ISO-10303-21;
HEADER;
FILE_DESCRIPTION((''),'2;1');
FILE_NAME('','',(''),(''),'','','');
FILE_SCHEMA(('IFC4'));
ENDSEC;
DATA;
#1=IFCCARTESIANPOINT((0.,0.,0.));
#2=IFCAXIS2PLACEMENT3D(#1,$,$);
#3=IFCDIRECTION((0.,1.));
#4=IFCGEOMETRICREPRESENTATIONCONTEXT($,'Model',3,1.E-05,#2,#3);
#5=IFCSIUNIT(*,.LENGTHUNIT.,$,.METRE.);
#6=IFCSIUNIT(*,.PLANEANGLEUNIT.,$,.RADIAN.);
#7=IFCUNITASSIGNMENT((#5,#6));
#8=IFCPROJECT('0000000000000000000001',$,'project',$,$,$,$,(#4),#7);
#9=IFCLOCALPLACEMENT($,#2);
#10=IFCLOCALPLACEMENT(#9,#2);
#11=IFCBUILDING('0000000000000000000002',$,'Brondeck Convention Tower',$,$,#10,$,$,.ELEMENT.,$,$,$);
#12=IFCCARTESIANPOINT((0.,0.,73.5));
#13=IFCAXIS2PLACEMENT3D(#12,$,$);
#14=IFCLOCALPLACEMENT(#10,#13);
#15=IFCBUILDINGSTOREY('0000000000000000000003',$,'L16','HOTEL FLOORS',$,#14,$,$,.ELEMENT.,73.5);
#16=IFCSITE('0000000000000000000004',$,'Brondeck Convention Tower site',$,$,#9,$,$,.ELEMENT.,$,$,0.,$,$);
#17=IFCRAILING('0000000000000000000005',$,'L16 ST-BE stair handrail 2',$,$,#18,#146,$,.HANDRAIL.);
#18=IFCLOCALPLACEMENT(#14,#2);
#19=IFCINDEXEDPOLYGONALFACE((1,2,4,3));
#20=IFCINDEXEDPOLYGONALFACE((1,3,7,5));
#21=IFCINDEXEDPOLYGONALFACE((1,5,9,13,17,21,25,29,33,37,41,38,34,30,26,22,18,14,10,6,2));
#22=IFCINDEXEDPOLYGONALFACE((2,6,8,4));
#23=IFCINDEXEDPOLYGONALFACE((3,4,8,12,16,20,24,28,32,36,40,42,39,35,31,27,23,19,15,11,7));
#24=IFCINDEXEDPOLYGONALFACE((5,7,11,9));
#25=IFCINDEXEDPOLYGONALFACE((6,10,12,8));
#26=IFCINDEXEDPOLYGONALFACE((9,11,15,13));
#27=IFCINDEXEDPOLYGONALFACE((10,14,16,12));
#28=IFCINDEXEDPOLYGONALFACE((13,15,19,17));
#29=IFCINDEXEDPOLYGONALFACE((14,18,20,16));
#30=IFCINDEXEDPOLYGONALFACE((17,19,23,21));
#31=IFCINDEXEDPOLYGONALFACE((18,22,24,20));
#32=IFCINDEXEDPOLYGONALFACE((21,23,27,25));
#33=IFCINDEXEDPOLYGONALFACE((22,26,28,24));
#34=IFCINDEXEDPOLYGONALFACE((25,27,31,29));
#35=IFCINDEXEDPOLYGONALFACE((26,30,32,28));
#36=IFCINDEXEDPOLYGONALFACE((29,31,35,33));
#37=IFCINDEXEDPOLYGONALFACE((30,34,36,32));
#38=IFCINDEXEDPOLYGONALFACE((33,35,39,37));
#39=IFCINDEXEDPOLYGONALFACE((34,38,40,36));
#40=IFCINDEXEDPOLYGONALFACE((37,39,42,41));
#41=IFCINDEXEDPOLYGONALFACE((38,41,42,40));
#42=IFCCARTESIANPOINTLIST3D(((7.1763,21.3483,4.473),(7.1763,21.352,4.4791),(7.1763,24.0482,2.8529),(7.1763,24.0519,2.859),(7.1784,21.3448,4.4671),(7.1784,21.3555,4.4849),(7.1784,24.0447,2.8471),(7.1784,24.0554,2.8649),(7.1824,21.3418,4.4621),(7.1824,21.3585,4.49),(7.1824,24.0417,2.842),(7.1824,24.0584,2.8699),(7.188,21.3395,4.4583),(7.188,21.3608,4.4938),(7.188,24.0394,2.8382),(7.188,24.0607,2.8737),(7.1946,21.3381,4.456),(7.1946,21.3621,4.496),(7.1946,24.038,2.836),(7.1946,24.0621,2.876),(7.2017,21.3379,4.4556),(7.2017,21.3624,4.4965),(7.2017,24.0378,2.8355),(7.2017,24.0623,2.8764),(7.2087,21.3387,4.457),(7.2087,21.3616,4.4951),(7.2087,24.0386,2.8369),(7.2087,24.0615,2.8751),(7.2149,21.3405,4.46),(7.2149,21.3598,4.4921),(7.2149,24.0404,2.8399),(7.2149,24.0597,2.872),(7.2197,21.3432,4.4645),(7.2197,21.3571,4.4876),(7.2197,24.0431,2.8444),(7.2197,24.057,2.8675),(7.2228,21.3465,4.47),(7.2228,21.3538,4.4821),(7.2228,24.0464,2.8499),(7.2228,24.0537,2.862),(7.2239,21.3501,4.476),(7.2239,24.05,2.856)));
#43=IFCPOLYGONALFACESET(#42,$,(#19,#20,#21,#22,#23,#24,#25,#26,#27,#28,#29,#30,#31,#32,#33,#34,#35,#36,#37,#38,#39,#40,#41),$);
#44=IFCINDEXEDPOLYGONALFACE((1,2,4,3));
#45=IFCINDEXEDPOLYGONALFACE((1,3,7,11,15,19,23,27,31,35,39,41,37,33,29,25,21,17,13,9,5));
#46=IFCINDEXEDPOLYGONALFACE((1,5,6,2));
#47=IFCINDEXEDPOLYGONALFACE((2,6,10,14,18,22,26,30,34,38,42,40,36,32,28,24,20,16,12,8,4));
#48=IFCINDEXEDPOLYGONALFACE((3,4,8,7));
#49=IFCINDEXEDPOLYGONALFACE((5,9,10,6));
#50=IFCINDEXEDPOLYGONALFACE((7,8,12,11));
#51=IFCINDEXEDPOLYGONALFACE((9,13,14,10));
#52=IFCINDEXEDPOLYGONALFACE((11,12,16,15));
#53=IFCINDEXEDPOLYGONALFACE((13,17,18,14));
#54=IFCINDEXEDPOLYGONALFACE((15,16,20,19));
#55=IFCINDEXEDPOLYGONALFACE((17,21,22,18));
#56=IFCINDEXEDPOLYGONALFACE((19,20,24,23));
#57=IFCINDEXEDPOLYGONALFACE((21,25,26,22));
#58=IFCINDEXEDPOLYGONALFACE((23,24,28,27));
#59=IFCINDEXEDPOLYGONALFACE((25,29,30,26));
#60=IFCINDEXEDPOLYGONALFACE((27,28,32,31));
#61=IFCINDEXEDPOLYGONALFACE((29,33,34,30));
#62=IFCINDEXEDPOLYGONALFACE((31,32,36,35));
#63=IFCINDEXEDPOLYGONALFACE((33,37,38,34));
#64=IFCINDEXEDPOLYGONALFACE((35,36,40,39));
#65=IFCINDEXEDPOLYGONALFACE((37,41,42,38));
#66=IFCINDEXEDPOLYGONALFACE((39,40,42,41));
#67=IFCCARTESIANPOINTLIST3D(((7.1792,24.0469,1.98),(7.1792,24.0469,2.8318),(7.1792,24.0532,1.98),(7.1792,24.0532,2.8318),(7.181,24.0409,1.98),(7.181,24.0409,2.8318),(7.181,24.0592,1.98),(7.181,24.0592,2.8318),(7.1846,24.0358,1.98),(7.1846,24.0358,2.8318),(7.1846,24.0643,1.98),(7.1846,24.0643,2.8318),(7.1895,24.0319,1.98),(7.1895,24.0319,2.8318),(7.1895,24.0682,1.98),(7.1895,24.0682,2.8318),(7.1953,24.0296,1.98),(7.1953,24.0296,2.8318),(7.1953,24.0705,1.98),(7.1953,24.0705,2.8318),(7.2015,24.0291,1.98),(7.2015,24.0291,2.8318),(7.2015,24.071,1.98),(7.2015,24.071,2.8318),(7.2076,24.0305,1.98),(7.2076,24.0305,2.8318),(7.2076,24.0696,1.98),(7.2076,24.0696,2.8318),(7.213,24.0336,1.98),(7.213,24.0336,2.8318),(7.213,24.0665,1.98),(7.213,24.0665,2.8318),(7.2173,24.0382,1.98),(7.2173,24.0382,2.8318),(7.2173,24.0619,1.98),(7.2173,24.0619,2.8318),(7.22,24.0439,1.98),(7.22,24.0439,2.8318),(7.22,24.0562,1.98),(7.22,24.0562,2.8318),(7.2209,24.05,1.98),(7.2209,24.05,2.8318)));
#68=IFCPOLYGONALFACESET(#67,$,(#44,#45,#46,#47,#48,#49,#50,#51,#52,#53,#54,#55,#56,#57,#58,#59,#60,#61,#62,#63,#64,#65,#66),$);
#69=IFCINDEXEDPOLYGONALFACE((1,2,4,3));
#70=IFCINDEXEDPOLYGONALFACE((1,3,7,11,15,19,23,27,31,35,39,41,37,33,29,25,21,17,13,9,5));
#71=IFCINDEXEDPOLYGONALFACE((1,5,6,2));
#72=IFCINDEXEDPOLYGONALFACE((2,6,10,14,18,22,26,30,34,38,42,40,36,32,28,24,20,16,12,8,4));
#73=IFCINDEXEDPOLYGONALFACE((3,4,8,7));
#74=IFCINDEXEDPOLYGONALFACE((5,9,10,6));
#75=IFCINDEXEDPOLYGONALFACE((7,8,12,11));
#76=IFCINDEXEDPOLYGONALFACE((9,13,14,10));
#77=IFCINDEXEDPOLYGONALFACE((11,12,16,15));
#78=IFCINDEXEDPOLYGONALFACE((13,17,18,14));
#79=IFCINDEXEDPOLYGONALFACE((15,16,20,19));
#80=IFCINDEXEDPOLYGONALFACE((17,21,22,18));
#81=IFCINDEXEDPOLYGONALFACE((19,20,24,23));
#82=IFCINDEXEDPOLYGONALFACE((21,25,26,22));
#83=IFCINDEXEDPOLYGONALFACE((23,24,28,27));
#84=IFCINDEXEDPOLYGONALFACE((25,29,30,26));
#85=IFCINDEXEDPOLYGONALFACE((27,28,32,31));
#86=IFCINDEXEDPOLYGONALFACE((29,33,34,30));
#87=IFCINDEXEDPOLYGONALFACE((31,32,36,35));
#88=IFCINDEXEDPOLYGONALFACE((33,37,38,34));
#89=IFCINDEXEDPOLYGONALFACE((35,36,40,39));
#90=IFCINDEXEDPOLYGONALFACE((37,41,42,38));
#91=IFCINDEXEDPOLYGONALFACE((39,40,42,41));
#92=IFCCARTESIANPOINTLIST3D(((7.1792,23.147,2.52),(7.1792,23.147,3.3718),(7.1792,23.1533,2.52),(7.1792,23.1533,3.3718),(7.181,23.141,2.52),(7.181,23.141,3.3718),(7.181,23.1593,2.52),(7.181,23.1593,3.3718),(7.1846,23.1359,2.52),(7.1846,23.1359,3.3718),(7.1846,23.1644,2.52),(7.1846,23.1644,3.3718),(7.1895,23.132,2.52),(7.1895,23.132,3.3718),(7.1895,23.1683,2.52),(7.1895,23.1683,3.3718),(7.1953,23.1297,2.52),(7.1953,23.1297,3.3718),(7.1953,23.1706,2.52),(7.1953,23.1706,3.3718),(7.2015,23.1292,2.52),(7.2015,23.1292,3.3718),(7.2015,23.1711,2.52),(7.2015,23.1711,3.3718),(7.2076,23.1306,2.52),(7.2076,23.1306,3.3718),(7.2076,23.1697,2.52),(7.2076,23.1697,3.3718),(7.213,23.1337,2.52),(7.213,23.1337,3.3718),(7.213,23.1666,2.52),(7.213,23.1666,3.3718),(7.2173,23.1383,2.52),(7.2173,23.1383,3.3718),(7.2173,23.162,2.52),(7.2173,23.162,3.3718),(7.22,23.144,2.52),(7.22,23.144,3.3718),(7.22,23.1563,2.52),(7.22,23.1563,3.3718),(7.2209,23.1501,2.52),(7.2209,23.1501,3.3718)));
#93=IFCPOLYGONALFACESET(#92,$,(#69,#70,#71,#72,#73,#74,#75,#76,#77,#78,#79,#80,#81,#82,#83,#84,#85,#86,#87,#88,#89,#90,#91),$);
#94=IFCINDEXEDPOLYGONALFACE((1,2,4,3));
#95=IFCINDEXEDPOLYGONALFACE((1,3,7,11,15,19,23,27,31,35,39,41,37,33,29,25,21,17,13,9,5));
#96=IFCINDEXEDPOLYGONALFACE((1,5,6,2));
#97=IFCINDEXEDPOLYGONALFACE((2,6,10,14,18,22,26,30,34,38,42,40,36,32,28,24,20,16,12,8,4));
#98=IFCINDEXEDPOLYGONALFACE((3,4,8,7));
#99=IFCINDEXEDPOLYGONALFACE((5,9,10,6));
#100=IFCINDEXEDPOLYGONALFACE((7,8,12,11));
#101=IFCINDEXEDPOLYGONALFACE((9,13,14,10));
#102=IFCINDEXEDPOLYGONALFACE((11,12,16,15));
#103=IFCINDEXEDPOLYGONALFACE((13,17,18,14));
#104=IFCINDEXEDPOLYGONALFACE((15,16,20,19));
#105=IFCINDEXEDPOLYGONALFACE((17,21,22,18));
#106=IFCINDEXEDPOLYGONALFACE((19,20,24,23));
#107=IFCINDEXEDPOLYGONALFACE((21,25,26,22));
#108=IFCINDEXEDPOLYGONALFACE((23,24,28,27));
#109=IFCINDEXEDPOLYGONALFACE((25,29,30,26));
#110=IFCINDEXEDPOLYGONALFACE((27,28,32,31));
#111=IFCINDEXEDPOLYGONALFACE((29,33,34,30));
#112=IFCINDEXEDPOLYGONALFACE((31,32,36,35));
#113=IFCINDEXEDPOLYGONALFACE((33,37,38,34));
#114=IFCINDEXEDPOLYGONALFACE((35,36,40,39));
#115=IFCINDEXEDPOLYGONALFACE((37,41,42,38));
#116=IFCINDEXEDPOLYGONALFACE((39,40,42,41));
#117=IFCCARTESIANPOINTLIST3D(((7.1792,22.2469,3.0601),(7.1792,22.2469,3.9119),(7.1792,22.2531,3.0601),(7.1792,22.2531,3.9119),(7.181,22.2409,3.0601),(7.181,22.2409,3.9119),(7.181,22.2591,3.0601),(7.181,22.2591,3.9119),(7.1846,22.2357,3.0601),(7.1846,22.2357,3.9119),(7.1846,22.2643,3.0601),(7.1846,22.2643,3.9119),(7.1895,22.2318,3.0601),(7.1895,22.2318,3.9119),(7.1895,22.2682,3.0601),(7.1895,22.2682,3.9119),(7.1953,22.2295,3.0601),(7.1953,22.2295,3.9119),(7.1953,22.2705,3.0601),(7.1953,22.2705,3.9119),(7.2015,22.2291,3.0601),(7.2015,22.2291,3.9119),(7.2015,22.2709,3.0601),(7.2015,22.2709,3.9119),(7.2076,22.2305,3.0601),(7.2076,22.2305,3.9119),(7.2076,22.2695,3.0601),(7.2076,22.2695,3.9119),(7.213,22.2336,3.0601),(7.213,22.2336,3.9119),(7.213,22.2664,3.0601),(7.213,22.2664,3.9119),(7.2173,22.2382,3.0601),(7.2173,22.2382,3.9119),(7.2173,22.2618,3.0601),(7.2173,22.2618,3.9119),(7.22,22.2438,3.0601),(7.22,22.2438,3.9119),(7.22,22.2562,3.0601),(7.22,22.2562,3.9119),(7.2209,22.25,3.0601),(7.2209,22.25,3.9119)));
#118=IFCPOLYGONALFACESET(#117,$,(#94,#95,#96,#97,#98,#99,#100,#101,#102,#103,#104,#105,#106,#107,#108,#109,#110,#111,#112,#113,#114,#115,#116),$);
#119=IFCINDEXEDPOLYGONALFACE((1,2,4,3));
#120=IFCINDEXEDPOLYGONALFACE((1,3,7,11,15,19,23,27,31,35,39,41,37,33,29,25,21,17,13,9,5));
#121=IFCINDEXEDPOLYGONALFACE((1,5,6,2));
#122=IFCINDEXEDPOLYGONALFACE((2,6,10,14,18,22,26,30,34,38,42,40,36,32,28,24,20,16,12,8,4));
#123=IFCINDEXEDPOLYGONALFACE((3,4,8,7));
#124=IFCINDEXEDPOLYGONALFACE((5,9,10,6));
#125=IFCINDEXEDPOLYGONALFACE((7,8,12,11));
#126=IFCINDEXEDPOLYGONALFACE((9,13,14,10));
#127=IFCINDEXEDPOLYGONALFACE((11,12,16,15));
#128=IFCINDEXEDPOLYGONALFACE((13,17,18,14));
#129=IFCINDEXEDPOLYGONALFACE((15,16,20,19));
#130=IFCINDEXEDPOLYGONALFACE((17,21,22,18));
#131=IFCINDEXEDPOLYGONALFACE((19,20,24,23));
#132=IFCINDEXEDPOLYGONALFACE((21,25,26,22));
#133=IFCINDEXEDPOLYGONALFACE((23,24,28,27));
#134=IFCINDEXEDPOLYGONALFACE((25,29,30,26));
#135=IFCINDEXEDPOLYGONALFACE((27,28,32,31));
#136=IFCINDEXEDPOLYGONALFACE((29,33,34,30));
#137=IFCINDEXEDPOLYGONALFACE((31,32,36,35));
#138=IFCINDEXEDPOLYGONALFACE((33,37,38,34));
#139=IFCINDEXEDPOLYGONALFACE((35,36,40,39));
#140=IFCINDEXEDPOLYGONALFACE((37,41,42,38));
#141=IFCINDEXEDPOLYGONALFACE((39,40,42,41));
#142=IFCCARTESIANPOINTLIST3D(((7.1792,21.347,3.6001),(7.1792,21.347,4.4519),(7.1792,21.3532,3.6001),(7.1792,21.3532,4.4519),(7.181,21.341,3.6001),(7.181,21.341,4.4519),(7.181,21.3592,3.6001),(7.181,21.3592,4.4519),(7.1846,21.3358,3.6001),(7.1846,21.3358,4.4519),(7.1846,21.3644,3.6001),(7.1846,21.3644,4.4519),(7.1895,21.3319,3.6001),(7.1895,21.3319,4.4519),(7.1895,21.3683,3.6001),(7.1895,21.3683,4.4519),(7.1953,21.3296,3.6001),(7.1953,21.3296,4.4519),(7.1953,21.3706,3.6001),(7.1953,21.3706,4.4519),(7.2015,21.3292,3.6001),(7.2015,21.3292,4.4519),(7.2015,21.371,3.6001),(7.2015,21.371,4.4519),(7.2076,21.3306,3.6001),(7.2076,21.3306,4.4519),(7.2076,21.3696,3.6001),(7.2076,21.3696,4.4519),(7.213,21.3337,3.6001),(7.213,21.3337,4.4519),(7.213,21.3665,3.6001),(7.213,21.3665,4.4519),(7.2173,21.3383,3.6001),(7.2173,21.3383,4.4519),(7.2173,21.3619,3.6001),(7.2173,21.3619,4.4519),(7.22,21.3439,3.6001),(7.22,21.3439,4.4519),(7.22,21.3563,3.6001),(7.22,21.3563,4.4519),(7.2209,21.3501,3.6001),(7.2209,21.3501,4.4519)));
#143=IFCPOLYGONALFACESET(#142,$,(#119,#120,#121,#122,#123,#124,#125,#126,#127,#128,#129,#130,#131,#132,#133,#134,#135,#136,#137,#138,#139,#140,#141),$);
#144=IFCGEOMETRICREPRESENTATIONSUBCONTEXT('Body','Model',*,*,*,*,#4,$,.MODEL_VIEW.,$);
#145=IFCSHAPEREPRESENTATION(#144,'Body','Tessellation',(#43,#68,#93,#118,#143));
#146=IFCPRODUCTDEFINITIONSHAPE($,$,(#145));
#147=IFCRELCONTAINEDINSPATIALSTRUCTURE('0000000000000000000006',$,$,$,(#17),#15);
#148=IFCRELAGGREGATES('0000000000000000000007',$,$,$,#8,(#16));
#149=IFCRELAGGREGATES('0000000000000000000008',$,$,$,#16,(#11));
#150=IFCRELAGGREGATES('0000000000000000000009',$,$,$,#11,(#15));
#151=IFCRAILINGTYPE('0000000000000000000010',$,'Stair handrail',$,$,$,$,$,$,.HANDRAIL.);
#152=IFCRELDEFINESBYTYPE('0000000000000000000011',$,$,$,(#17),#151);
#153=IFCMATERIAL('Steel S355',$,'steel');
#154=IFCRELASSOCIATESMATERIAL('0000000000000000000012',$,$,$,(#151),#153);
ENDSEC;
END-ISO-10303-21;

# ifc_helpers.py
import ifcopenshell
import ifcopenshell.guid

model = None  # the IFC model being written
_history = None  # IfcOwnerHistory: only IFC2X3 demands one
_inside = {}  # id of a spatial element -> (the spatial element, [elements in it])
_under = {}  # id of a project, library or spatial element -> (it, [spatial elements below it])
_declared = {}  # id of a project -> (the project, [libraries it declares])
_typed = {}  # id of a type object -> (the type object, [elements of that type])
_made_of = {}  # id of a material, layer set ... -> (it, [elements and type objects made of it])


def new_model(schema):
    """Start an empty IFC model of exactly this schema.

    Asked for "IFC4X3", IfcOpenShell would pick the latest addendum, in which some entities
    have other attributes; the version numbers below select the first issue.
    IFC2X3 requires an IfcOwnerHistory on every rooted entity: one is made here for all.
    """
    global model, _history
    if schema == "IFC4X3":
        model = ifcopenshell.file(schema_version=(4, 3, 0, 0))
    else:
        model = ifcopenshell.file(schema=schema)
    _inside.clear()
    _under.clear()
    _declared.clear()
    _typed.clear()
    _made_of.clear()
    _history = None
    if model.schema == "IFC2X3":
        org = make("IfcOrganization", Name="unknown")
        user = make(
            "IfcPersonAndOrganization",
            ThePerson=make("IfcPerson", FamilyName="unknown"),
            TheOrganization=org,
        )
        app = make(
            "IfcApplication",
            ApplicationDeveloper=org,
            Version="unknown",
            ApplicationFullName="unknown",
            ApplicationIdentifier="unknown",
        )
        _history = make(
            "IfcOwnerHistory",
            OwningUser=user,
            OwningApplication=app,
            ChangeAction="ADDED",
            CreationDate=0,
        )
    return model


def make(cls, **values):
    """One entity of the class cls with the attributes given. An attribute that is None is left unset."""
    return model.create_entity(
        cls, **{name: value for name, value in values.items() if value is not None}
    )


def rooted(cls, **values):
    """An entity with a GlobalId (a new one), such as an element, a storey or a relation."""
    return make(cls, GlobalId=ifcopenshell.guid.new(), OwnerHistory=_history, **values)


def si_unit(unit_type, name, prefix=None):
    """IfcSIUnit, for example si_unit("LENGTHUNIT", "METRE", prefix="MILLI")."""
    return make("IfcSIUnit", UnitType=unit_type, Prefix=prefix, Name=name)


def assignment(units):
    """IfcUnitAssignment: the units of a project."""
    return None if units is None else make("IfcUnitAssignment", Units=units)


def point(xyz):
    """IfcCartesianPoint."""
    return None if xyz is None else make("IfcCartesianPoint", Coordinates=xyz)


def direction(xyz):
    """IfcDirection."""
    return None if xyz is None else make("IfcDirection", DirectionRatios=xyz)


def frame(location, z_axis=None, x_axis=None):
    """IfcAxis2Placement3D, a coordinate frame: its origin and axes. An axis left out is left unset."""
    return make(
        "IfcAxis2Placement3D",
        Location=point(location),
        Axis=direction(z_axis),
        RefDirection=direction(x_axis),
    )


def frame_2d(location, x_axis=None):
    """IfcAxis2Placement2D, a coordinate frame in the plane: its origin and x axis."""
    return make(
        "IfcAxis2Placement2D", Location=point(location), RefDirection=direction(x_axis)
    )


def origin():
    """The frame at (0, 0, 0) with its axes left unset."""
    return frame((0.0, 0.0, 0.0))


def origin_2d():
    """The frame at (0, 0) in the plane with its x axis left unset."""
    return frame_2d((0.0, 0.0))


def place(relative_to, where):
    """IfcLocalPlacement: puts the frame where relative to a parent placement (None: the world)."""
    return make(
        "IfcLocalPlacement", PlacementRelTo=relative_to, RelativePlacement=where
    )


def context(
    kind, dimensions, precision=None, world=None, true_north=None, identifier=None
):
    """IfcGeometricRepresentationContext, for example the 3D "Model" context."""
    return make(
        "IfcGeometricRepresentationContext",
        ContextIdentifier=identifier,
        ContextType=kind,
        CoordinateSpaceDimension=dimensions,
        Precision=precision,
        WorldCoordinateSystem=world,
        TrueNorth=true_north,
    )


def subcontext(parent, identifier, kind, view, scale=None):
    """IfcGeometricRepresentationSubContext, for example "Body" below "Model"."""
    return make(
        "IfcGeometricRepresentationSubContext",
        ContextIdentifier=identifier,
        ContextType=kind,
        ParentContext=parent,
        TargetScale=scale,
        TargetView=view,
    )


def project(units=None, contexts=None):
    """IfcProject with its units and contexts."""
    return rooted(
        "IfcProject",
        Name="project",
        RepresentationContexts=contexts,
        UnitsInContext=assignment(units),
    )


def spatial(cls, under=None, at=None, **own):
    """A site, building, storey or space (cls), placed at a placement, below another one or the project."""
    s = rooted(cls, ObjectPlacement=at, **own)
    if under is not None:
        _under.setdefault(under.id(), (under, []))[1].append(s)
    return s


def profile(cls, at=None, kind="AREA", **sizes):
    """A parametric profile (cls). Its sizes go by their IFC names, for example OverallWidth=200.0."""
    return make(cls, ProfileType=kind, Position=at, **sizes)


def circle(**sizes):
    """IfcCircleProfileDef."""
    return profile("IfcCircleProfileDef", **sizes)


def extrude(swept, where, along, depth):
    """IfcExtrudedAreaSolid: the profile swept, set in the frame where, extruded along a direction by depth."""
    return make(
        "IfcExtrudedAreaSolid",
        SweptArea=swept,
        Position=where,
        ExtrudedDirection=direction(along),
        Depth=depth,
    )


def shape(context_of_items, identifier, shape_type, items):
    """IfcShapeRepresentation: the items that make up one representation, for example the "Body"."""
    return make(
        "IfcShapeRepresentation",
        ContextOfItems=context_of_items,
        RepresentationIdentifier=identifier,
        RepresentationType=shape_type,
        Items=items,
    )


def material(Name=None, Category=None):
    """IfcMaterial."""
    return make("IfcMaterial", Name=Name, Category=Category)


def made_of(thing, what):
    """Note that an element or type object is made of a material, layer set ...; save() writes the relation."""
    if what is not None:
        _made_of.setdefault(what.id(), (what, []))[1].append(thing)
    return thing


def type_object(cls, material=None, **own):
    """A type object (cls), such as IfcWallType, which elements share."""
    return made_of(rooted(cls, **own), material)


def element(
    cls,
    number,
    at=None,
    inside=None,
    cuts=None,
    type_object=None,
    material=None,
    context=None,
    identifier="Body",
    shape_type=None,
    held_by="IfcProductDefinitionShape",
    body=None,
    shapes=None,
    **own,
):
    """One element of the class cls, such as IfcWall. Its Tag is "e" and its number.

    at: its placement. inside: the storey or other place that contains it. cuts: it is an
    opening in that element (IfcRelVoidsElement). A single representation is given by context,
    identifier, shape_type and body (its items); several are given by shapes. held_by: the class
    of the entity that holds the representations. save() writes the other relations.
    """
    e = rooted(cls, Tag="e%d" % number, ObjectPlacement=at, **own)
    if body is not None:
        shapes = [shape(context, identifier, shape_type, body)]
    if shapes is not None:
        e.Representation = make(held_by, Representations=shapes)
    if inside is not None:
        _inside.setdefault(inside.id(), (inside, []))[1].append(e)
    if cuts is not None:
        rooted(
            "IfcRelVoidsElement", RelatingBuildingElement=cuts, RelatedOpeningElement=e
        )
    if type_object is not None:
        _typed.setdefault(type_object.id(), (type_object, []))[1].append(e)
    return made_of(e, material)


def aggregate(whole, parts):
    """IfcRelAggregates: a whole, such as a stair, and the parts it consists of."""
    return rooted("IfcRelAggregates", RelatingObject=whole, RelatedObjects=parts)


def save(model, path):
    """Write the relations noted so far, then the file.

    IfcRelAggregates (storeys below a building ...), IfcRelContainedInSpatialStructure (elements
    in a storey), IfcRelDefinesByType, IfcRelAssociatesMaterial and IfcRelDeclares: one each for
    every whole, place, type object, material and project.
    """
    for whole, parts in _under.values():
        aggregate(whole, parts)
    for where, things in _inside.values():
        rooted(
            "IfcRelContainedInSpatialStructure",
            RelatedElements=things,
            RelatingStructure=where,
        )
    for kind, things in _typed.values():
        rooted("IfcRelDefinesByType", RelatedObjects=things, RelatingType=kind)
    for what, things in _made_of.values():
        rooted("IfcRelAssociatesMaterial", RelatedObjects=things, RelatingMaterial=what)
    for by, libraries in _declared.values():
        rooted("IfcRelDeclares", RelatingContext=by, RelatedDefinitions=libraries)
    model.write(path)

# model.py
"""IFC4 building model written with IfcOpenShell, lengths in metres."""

from ifc_helpers import new_model, si_unit, direction, frame, origin, origin_2d, place, context, subcontext, project, spatial, circle, extrude, material, type_object, element, save


model = new_model("IFC4")

# Units and contexts
model_context = context("Model", 3, precision=1e-05, world=origin(), true_north=direction((0.0, 1.0)))
body_context = subcontext(model_context, "Body", "Model", "MODEL_VIEW")
ifc_project = project(units=[si_unit("LENGTHUNIT", "METRE"), si_unit("PLANEANGLEUNIT", "RADIAN")], contexts=[model_context])

# Site, building, storey
site_placement = place(None, origin())
site = spatial("IfcSite", under=ifc_project, at=site_placement, Name="Brondeck Convention Tower site", CompositionType="ELEMENT", RefElevation=0.0)
building_placement = place(site_placement, origin())
building = spatial("IfcBuilding", under=site, at=building_placement, Name="Brondeck Convention Tower", CompositionType="ELEMENT")
storey_placement = place(building_placement, frame((0.0, 0.0, 73.5)))
storey = spatial("IfcBuildingStorey", under=building, at=storey_placement, Name="L16", Description="HOTEL FLOORS", CompositionType="ELEMENT", Elevation=73.5)

# Shared definitions
ifc_material_1 = material(Name="Steel S355", Category="steel")

# Railing
railing_type_1 = type_object("IfcRailingType", Name="Stair handrail", PredefinedType="HANDRAIL", material=ifc_material_1)
railing_1_placement = place(storey_placement, frame((7.2, 24.05, 1.98)))
element("IfcRailing", 1, at=railing_1_placement, inside=storey, type_object=railing_type_1, Name="L16 ST-BE stair handrail 2", PredefinedType="HANDRAIL", context=body_context, shape_type="SweptSolid", body=[
    extrude(circle(Radius=0.0239, at=origin_2d()), frame((0.0, 0.0, 0.876), z_axis=(0.0, -0.857472, 0.51453), x_axis=(1.0, 0.0, 0.0)), (0.0, 0.0, 1.0), 3.1487),
    extrude(circle(Radius=0.021, at=origin_2d()), origin(), (0.0, 0.0, 1.0), 0.8518),
    extrude(circle(Radius=0.021, at=origin_2d()), frame((0.0, -0.8999, 0.54)), (0.0, 0.0, 1.0), 0.8518),
    extrude(circle(Radius=0.021, at=origin_2d()), frame((0.0, -1.8, 1.0801)), (0.0, 0.0, 1.0), 0.8518),
    extrude(circle(Radius=0.021, at=origin_2d()), frame((0.0, -2.7, 1.6201)), (0.0, 0.0, 1.0), 0.8518),
])

save(model, "model.ifc")
